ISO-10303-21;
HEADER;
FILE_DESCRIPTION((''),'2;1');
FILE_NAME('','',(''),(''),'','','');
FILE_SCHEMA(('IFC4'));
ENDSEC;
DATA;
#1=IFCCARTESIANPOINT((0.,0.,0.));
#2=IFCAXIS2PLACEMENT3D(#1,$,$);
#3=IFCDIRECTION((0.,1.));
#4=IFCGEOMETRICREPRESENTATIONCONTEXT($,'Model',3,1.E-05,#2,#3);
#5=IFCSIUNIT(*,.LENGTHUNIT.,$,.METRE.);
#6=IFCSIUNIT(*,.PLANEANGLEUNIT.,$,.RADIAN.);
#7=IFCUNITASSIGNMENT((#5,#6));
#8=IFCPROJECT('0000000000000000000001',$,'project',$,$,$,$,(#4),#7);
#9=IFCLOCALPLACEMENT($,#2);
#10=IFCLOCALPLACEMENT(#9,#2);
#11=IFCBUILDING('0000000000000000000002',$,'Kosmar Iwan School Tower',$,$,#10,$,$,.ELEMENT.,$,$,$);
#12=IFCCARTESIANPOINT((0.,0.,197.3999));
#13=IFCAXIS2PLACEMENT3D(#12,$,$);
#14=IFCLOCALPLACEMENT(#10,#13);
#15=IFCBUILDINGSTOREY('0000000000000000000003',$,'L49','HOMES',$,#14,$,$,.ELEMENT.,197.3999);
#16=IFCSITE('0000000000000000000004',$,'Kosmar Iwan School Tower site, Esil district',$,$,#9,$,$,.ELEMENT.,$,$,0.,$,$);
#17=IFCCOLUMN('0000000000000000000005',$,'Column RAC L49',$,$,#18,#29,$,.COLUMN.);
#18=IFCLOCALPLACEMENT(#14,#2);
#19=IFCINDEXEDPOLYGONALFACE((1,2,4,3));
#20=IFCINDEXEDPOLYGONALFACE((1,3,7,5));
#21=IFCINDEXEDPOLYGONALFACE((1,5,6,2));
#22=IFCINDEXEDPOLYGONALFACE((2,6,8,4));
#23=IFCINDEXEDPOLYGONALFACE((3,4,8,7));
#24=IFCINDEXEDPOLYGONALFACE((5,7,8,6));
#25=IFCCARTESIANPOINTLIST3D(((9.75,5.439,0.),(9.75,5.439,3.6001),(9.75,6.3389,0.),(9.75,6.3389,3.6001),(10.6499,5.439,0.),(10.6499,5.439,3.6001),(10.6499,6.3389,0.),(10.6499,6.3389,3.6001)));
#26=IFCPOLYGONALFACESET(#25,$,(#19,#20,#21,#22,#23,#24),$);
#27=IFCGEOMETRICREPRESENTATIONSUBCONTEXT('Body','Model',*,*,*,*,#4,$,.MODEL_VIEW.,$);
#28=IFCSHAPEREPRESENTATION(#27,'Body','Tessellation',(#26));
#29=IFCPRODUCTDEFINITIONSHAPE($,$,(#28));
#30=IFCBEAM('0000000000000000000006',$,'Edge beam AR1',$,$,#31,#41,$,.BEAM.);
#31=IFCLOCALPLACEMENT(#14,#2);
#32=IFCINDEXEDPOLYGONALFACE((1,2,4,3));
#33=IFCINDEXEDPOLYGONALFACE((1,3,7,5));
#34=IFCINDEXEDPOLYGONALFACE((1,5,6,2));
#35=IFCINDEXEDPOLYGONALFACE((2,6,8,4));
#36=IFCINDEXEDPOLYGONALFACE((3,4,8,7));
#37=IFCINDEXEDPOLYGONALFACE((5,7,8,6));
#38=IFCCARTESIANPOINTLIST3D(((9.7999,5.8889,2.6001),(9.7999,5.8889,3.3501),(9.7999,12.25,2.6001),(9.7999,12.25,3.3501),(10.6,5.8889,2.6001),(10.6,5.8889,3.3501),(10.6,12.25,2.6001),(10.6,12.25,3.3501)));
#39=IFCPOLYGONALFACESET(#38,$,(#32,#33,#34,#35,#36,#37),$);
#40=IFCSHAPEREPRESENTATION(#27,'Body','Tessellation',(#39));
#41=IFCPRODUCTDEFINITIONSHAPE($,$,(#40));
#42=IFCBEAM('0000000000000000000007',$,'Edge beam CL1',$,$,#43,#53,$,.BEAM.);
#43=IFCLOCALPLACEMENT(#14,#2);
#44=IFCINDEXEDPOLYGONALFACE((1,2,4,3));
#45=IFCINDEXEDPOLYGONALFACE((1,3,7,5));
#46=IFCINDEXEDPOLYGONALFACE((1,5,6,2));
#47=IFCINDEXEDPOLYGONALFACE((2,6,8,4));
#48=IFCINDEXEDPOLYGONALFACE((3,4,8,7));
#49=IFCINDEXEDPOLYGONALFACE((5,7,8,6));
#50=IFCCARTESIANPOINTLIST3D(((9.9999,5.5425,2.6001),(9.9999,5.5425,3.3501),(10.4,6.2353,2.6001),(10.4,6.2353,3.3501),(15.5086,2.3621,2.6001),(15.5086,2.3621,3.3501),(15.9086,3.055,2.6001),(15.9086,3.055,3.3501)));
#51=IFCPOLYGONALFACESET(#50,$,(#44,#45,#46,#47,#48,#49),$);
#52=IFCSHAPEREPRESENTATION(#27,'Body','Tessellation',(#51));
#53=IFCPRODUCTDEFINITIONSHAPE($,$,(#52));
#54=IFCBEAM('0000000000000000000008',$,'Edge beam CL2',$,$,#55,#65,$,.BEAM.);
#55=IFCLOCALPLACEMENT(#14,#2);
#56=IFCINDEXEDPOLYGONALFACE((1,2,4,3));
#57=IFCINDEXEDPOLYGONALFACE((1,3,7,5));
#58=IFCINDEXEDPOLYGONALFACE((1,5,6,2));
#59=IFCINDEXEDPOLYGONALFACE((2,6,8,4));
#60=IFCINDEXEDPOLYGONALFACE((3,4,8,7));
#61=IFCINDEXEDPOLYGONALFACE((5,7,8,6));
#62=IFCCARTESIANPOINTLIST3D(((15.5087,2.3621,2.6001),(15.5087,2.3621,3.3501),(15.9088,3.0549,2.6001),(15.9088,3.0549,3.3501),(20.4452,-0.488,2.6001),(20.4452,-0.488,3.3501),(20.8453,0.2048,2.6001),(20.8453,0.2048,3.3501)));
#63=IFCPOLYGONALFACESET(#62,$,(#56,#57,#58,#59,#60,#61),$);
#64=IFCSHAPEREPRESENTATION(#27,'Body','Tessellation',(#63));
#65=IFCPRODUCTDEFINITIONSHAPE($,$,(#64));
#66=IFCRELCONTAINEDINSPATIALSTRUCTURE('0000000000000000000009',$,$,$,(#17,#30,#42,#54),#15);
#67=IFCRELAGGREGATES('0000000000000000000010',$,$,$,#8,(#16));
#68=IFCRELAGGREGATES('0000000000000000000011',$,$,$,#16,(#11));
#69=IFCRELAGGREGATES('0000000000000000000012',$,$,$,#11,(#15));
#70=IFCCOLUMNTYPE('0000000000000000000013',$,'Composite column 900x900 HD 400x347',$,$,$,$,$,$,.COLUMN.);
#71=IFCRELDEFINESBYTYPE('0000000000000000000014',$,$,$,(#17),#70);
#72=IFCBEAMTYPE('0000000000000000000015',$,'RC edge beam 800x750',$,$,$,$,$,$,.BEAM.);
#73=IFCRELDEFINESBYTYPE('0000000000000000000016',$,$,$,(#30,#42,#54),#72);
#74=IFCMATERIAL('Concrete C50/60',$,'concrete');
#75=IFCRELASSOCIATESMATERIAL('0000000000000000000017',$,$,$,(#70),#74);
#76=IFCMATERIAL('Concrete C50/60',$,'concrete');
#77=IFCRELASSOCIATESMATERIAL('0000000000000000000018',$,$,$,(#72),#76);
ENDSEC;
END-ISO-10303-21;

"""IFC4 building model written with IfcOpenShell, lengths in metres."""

from ifc_helpers import new_model, si_unit, direction, frame, origin, origin_2d, place, context, subcontext, project, spatial, rectangle, extrude, material, material_profile, profile_set, type_object, element, save


model = new_model("IFC4")

# Units and contexts
model_context = context("Model", 3, precision=1e-05, world=origin(), true_north=direction((0.0, 1.0)))
body_context = subcontext(model_context, "Body", "Model", "MODEL_VIEW")
ifc_project = project(units=[si_unit("LENGTHUNIT", "METRE"), si_unit("PLANEANGLEUNIT", "RADIAN")], contexts=[model_context])

# Site, building, storey
site_placement = place(None, origin())
site = spatial("IfcSite", under=ifc_project, at=site_placement, Name="Kosmar Iwan School Tower site, Esil district", CompositionType="ELEMENT", RefElevation=0.0)
building_placement = place(site_placement, origin())
building = spatial("IfcBuilding", under=site, at=building_placement, Name="Kosmar Iwan School Tower", CompositionType="ELEMENT")
storey_placement = place(building_placement, frame((0.0, 0.0, 197.3999)))
storey = spatial("IfcBuildingStorey", under=building, at=storey_placement, Name="L49", Description="HOMES", CompositionType="ELEMENT", Elevation=197.3999)

# Column
ifc_material_1 = material(Name="Concrete C50/60", Category="concrete")
ifc_material_profile_1 = material_profile(ifc_material_1, rectangle(XDim=0.8999, YDim=0.8999, at=origin_2d()), Name="RC 900x900 + HD 400x347")
ifc_profile_set_1 = profile_set([ifc_material_profile_1], Name="Concrete C50/60")
column_type = type_object("IfcColumnType", Name="Composite column 900x900 HD 400x347", PredefinedType="COLUMN", material=ifc_profile_set_1)
column_placement = place(storey_placement, frame((10.2, 5.8889, 0.0), z_axis=(0.0, 0.0, 1.0), x_axis=(1.0, 0.0, 0.0)))
element("IfcColumn", 1, at=column_placement, inside=storey, type_object=column_type, Name="Column RAC L49", PredefinedType="COLUMN", context=body_context, shape_type="SweptSolid", body=[
    extrude(rectangle(XDim=0.8999, YDim=0.8999, at=origin_2d()), origin(), (0.0, 0.0, 1.0), 3.6001),
])

# Beams
ifc_material_2 = material(Name="Concrete C50/60", Category="concrete")
ifc_material_profile_2 = material_profile(ifc_material_2, rectangle(XDim=0.8, YDim=0.75, at=origin_2d()), Name="RC 800x750")
ifc_profile_set_2 = profile_set([ifc_material_profile_2], Name="Concrete C50/60")
beam_type = type_object("IfcBeamType", Name="RC edge beam 800x750", PredefinedType="BEAM", material=ifc_profile_set_2)
beam_1_placement = place(storey_placement, frame((10.2, 5.8889, 2.9751), z_axis=(0.0, 1.0, 0.0), x_axis=(-1.0, 0.0, 0.0)))
element("IfcBeam", 2, at=beam_1_placement, inside=storey, type_object=beam_type, Name="Edge beam AR1", PredefinedType="BEAM", context=body_context, shape_type="SweptSolid", body=[
    extrude(rectangle(XDim=0.8, YDim=0.75, at=origin_2d()), origin(), (0.0, 0.0, 1.0), 6.3611),
])
beam_2_placement = place(storey_placement, frame((10.2, 5.8889, 2.9751), z_axis=(0.866031, -0.49999, 0.0), x_axis=(0.49999, 0.866031, 0.0)))
element("IfcBeam", 3, at=beam_2_placement, inside=storey, type_object=beam_type, Name="Edge beam CL1", PredefinedType="BEAM", context=body_context, shape_type="SweptSolid", body=[
    extrude(rectangle(XDim=0.8, YDim=0.75, at=origin_2d()), origin(), (0.0, 0.0, 1.0), 6.3608),
])
beam_3_placement = place(storey_placement, frame((15.7087, 2.7085, 2.9751), z_axis=(0.866026, -0.499999, 0.0), x_axis=(0.499999, 0.866026, 0.0)))
element("IfcBeam", 4, at=beam_3_placement, inside=storey, type_object=beam_type, Name="Edge beam CL2", PredefinedType="BEAM", context=body_context, shape_type="SweptSolid", body=[
    extrude(rectangle(XDim=0.8, YDim=0.75, at=origin_2d()), origin(), (0.0, 0.0, 1.0), 5.7002),
])

save(model, "model.ifc")
